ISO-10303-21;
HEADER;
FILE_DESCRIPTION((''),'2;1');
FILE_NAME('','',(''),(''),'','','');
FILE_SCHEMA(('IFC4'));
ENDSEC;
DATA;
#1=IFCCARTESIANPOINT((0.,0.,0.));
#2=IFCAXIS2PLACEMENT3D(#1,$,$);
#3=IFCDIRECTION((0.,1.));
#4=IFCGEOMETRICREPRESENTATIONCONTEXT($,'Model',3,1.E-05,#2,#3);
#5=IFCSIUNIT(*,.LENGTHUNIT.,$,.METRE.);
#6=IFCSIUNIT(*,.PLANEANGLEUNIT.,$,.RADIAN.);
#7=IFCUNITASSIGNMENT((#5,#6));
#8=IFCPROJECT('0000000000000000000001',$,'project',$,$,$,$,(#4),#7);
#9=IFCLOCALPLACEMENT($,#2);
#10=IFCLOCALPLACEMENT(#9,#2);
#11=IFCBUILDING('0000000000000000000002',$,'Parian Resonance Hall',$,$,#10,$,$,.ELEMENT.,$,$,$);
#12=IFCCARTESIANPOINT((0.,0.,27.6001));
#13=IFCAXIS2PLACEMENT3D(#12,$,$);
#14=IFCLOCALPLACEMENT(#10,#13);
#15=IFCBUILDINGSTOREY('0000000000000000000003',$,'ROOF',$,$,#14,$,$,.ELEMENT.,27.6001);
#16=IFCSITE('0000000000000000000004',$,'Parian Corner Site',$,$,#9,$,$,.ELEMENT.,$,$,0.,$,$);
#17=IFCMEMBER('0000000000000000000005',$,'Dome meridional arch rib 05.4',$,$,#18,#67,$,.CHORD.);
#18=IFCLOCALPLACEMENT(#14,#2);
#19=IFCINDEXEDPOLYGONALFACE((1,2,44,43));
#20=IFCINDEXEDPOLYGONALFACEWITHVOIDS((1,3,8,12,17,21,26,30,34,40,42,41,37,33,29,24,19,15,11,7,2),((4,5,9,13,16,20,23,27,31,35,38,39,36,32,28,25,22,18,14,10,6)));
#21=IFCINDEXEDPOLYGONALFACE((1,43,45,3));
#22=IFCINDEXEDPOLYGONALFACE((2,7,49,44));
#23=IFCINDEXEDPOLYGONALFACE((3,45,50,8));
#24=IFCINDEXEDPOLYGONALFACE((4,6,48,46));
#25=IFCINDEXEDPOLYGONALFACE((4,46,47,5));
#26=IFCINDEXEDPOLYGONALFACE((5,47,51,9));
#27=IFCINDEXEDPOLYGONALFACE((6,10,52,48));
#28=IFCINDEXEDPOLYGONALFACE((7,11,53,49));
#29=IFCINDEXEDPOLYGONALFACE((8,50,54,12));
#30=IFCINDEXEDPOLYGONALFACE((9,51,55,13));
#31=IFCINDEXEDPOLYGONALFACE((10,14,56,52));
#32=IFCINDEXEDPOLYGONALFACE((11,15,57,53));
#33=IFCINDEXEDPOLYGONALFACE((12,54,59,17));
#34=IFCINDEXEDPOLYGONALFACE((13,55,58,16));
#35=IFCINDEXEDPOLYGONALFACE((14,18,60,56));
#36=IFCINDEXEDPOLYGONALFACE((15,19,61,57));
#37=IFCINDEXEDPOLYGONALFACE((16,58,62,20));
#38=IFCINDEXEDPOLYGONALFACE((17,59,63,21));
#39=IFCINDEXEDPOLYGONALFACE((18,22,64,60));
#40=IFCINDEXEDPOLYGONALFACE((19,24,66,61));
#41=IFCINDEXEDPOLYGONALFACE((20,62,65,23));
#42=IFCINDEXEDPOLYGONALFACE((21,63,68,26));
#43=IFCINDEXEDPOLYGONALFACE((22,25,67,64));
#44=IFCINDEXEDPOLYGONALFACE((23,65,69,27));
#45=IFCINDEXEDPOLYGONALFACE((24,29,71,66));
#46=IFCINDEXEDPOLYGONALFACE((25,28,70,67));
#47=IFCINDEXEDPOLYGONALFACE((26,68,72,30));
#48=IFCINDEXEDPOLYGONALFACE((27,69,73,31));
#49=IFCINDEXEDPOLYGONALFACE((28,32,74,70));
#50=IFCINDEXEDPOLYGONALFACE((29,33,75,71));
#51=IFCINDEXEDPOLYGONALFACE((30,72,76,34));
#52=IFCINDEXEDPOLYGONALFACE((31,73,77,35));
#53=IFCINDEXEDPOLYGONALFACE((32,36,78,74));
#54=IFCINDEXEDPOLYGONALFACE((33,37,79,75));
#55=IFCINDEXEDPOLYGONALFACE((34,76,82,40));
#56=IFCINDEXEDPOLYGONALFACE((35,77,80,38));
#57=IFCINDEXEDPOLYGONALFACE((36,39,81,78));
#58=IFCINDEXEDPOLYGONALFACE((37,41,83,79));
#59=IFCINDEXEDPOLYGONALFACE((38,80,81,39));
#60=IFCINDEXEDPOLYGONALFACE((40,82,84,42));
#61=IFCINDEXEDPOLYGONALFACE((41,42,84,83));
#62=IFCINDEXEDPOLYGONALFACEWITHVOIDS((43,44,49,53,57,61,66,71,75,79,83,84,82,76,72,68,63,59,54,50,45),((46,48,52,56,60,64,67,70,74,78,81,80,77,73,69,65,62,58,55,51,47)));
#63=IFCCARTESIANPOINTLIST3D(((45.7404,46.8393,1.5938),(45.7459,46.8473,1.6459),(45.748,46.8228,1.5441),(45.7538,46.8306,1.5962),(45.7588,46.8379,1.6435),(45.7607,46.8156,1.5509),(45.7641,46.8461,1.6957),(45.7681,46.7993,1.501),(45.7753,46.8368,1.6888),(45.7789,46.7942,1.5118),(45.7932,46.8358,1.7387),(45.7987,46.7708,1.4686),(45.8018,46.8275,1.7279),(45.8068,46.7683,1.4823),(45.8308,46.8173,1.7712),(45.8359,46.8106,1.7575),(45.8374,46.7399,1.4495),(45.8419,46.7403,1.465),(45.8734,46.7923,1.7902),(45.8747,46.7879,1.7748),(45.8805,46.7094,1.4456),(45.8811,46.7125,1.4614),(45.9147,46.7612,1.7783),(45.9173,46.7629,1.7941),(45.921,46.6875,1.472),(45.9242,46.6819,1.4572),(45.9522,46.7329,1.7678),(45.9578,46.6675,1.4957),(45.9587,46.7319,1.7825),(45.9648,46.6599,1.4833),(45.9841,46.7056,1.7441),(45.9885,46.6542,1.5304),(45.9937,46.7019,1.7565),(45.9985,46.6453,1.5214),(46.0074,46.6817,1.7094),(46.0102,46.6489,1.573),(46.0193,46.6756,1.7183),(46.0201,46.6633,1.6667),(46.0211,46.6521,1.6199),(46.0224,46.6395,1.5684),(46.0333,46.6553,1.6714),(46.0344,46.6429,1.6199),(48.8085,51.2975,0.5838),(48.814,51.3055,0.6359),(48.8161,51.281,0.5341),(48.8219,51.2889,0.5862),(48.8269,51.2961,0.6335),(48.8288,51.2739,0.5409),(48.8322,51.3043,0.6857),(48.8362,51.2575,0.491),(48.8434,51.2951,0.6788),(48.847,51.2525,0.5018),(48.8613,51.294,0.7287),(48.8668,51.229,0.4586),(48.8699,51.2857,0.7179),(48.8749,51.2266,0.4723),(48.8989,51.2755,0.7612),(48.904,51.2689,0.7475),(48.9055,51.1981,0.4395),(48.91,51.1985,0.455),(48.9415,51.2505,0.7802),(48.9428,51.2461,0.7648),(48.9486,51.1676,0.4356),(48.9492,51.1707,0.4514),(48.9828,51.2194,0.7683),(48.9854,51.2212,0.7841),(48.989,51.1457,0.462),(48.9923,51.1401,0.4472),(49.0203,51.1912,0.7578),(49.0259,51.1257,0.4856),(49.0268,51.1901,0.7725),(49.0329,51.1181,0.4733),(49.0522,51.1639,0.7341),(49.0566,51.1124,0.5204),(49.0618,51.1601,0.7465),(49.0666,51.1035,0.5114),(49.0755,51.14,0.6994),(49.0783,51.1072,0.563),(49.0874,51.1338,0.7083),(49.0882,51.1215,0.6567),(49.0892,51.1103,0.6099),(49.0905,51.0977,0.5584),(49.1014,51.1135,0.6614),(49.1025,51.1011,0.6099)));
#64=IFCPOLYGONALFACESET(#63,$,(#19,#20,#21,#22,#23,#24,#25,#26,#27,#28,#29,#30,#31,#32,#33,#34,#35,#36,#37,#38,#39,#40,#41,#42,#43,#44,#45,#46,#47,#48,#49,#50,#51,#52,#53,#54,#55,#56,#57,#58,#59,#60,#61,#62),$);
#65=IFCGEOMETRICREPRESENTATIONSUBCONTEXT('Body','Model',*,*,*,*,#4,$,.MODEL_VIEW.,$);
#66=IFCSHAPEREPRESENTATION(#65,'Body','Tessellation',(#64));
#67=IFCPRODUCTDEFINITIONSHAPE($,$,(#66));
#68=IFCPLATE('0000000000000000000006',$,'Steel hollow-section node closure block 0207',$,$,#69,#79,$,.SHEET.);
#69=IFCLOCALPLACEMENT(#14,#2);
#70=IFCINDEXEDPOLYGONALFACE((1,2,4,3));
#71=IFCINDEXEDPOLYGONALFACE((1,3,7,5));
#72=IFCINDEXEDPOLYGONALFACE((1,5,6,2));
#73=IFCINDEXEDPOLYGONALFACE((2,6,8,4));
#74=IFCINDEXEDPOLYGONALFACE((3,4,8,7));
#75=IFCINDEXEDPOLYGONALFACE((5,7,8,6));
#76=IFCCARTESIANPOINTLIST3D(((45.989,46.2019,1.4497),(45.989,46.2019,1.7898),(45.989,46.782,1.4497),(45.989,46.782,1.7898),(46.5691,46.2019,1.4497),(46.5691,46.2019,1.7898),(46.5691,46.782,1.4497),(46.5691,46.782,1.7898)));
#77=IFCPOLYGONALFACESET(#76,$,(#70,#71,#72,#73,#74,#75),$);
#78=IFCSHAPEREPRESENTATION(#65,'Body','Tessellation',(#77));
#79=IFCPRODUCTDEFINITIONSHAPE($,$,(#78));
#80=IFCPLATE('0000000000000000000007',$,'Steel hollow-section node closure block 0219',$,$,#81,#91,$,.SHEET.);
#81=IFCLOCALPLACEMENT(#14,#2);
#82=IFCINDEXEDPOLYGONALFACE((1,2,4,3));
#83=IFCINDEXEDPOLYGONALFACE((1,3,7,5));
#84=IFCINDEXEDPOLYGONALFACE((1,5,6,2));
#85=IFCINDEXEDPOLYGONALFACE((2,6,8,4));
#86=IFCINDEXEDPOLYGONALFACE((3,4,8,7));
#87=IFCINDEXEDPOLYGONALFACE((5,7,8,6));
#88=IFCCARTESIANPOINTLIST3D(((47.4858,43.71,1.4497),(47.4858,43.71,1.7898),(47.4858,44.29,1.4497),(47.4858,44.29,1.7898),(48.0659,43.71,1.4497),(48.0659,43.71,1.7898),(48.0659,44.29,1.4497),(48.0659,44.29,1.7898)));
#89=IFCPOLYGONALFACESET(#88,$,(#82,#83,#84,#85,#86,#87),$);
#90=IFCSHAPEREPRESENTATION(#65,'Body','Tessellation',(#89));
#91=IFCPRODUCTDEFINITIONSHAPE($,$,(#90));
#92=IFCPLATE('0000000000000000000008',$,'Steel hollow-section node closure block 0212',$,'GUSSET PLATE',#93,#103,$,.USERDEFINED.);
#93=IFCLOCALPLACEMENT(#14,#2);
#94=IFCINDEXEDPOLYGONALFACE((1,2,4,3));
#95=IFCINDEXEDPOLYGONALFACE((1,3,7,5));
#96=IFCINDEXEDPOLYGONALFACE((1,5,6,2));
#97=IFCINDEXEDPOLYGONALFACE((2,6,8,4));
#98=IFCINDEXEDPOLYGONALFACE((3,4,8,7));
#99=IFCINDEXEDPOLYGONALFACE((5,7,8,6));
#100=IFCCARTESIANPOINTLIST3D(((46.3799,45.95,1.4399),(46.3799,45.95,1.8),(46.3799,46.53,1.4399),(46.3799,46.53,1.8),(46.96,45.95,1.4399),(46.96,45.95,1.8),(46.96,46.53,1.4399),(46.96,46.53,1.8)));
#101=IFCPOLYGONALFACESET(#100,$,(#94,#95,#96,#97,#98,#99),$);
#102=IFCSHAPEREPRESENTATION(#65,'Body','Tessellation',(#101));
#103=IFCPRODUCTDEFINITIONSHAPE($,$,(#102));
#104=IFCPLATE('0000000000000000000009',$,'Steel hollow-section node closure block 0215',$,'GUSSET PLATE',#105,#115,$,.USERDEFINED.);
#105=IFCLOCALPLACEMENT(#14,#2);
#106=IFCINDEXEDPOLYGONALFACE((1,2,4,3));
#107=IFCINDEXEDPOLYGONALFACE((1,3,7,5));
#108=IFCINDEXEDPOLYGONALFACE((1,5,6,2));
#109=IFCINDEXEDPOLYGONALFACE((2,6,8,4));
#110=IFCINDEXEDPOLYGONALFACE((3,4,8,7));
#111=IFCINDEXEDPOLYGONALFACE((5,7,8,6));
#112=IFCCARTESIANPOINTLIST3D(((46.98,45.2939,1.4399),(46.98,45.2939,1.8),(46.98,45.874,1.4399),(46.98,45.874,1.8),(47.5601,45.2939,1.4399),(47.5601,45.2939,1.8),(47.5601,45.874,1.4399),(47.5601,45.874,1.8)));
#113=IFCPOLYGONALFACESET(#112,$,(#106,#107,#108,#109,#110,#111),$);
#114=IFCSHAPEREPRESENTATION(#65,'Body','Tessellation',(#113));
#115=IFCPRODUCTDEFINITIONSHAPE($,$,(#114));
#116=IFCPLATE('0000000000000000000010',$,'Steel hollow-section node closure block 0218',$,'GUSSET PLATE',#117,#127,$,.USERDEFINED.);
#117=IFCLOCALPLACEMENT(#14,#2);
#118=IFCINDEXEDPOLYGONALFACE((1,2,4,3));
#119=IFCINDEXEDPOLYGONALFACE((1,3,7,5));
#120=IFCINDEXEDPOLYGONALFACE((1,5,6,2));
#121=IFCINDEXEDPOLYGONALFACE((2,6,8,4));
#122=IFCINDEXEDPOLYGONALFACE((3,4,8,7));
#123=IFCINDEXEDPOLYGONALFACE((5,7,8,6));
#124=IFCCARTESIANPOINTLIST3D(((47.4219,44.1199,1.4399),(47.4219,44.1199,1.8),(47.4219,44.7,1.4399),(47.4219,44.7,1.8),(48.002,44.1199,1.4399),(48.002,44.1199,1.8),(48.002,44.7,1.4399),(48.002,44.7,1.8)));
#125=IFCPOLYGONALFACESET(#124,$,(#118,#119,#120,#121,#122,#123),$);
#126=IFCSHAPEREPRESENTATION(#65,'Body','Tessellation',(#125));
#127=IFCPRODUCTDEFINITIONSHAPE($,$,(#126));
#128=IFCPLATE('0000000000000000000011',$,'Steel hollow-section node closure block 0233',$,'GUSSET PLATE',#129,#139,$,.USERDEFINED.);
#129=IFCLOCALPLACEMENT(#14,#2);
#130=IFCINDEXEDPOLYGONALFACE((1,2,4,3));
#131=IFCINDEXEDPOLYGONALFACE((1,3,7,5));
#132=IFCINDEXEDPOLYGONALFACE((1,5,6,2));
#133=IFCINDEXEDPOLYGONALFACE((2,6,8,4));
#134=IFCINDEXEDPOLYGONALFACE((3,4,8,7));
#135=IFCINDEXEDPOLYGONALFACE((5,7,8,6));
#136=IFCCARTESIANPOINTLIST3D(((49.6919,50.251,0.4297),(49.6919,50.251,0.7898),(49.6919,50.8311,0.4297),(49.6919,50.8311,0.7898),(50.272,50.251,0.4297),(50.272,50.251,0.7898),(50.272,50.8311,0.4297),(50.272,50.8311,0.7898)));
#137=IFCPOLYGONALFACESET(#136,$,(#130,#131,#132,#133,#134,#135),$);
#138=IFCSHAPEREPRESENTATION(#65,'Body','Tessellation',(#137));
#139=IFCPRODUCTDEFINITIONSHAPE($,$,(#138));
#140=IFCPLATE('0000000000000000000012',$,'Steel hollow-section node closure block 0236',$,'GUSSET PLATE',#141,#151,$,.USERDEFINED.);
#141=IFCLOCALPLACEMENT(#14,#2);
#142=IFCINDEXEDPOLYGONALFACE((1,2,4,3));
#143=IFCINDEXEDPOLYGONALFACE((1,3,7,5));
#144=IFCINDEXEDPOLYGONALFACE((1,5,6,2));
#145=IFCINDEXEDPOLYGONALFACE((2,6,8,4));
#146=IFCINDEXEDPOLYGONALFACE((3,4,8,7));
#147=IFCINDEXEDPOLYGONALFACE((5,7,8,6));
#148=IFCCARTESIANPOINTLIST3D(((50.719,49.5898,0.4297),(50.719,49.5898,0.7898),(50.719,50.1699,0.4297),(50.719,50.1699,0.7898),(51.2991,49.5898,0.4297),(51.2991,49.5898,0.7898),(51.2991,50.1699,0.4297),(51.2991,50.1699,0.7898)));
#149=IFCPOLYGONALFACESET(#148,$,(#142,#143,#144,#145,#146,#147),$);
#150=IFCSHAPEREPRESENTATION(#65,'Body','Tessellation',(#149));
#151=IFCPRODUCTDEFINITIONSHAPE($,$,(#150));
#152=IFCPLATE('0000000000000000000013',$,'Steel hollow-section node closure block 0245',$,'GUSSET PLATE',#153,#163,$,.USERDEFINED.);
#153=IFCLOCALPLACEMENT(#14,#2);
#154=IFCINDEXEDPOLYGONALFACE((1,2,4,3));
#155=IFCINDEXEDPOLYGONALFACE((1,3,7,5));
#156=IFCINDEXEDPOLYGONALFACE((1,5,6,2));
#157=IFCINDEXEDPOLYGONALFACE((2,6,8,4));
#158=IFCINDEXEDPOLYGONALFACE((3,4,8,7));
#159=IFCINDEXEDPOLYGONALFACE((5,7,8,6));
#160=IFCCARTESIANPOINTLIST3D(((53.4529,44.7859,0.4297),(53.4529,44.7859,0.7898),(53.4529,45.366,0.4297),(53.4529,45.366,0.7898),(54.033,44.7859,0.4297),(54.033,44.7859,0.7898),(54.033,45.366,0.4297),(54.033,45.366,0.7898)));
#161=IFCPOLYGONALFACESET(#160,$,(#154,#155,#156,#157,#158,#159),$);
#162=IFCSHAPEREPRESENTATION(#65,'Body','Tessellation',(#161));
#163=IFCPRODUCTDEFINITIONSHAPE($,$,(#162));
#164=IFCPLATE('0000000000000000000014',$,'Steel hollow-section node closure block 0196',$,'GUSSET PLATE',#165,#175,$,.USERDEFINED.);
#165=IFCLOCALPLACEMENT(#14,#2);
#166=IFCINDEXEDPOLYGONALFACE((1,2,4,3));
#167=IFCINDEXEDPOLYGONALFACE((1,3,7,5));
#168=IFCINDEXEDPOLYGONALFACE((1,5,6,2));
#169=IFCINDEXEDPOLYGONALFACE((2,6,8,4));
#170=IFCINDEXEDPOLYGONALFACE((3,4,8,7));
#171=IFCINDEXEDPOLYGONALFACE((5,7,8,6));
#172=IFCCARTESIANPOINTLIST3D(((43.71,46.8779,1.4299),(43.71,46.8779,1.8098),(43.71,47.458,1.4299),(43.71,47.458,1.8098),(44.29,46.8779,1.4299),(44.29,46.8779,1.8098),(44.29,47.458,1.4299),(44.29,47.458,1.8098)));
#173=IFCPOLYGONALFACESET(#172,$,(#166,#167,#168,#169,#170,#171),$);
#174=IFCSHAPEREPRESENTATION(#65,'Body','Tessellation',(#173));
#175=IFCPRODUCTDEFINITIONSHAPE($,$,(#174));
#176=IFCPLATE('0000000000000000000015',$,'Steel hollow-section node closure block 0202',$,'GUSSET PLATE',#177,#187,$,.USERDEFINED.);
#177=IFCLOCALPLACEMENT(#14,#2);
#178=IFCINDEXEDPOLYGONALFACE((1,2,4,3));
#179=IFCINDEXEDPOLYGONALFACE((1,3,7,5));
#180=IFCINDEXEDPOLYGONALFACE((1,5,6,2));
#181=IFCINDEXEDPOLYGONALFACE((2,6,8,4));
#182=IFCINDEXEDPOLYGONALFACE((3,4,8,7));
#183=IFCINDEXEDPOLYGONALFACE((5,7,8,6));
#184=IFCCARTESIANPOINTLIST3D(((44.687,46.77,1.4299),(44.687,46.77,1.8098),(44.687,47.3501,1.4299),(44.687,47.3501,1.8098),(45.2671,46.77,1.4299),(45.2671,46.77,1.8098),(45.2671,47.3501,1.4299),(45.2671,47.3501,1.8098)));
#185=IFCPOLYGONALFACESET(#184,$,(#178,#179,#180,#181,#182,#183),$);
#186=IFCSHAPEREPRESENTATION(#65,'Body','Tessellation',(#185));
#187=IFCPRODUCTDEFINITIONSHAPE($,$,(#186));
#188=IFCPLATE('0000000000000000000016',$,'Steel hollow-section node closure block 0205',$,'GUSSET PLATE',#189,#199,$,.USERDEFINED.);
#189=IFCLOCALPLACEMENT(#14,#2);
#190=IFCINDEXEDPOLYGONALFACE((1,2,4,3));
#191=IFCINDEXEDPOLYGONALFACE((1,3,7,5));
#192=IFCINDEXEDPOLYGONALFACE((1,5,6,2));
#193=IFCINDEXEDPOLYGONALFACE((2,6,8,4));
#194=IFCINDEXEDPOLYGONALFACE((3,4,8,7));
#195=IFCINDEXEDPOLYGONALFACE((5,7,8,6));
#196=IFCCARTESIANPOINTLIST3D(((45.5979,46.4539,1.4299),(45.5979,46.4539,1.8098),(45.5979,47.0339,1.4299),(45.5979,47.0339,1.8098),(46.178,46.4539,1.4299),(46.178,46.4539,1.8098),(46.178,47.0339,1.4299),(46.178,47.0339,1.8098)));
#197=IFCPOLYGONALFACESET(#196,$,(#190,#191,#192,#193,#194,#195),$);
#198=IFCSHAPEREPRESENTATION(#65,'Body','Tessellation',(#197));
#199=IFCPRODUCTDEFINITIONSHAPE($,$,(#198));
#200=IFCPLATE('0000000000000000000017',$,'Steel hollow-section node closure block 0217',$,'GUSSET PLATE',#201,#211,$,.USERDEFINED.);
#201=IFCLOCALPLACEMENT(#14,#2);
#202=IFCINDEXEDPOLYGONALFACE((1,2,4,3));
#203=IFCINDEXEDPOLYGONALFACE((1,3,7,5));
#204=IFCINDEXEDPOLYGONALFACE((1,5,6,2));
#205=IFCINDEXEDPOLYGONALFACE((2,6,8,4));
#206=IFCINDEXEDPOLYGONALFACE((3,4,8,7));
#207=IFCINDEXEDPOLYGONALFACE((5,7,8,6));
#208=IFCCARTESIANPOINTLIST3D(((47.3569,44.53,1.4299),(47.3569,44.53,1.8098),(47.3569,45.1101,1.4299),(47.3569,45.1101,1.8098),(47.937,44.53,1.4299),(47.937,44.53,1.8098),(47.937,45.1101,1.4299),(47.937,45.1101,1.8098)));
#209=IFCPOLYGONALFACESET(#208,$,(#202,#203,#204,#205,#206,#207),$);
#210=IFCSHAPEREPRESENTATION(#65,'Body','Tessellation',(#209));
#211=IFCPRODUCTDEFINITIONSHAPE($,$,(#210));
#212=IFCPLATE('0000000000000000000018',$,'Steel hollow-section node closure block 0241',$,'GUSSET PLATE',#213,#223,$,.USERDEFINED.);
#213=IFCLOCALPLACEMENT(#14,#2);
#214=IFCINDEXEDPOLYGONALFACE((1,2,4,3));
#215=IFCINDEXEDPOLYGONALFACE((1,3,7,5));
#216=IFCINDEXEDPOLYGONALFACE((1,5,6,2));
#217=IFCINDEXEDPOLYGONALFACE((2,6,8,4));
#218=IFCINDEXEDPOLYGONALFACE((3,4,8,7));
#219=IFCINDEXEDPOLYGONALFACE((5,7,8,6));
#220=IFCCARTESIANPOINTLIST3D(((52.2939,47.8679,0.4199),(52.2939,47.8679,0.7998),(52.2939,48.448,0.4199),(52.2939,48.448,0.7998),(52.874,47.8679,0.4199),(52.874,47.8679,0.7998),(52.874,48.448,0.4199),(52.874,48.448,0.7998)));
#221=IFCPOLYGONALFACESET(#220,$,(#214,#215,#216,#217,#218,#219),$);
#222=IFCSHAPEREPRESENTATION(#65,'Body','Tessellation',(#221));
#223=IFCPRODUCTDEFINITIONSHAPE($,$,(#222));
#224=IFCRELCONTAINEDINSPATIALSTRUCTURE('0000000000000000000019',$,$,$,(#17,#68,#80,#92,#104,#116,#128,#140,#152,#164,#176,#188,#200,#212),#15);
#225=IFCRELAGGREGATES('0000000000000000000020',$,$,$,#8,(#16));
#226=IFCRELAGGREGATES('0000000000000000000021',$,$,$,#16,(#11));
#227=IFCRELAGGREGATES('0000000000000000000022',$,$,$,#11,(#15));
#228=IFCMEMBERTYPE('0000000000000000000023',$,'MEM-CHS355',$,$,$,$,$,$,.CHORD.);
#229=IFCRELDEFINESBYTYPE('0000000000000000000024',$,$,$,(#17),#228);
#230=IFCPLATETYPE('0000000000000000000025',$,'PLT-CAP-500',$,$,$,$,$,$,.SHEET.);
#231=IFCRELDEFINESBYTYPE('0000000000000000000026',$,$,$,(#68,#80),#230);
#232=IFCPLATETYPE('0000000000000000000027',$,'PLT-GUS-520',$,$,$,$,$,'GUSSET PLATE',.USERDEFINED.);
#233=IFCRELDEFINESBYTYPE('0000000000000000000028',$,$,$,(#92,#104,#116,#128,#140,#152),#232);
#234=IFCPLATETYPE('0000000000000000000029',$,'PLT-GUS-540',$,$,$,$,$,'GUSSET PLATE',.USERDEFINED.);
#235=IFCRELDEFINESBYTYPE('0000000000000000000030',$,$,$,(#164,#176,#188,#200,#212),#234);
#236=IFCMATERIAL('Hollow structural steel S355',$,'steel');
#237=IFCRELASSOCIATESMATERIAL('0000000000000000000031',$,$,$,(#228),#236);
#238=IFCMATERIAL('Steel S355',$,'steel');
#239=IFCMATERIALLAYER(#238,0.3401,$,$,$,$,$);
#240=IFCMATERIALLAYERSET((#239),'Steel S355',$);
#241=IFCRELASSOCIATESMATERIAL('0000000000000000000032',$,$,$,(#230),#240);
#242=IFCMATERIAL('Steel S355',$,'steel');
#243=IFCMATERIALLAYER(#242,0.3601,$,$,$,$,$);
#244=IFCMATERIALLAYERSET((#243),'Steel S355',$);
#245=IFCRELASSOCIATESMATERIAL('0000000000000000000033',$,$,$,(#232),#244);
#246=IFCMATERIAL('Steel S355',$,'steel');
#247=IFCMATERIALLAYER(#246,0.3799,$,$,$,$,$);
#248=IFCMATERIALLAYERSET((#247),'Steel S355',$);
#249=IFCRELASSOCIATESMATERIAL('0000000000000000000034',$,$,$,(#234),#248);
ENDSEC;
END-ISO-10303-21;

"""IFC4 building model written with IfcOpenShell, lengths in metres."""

from ifc_helpers import new_model, si_unit, direction, frame, origin, origin_2d, place, context, subcontext, project, spatial, rectangle, hollow_circle, extrude, material, layer, layer_set, material_profile, profile_set, type_object, element, save


model = new_model("IFC4")

# Units and contexts
model_context = context("Model", 3, precision=1e-05, world=origin(), true_north=direction((0.0, 1.0)))
body_context = subcontext(model_context, "Body", "Model", "MODEL_VIEW")
ifc_project = project(units=[si_unit("LENGTHUNIT", "METRE"), si_unit("PLANEANGLEUNIT", "RADIAN")], contexts=[model_context])

# Site, building, storey
site_placement = place(None, origin())
site = spatial("IfcSite", under=ifc_project, at=site_placement, Name="Parian Corner Site", CompositionType="ELEMENT", RefElevation=0.0)
building_placement = place(site_placement, origin())
building = spatial("IfcBuilding", under=site, at=building_placement, Name="Parian Resonance Hall", CompositionType="ELEMENT")
storey_placement = place(building_placement, frame((0.0, 0.0, 27.6001)))
storey = spatial("IfcBuildingStorey", under=building, at=storey_placement, Name="ROOF", CompositionType="ELEMENT", Elevation=27.6001)

# Member
ifc_material_1 = material(Name="Hollow structural steel S355", Category="steel")
ifc_material_profile_1 = material_profile(ifc_material_1, hollow_circle(Radius=0.1777, WallThickness=0.0161, at=origin_2d()), Name="CHS355.6x16")
ifc_profile_set_1 = profile_set([ifc_material_profile_1], Name="Hollow structural steel S355")
member_type_1 = type_object("IfcMemberType", Name="MEM-CHS355", PredefinedType="CHORD", material=ifc_profile_set_1)
member_1_placement = place(storey_placement, frame((48.9561, 51.2019, 0.6099), z_axis=(-0.557292, -0.809796, 0.183458), x_axis=(0.823777, -0.566914, 0.0)))
element("IfcMember", 1, at=member_1_placement, inside=storey, type_object=member_type_1, Name="Dome meridional arch rib 05.4", PredefinedType="CHORD", context=body_context, shape_type="SweptSolid", body=[
    extrude(hollow_circle(Radius=0.1777, WallThickness=0.0161, at=origin_2d()), origin(), (0.0, 0.0, 1.0), 5.5054),
])

# Plates
ifc_material_2 = material(Name="Steel S355", Category="steel")
ifc_layer_1 = layer(ifc_material_2, 0.3401)
ifc_layer_set_1 = layer_set([ifc_layer_1], Name="Steel S355")
plate_type_1 = type_object("IfcPlateType", Name="PLT-CAP-500", PredefinedType="SHEET", material=ifc_layer_set_1)
for number, where, z_axis, x_axis, name in (
    (2, (46.2791, 46.4919, 1.4497), (0.0, 0.0, 1.0), (1.0, 0.0, 0.0), "Steel hollow-section node closure block 0207"),
    (3, (47.7759, 44.0, 1.4497), (0.0, 0.0, 1.0), (1.0, 0.0, 0.0), "Steel hollow-section node closure block 0219"),
):
    element("IfcPlate", number, at=place(storey_placement, frame(where, z_axis=z_axis, x_axis=x_axis)), inside=storey, type_object=plate_type_1, Name=name, PredefinedType="SHEET", context=body_context, shape_type="SweptSolid", body=[
        extrude(rectangle(XDim=0.5801, YDim=0.5801, at=origin_2d()), origin(), (0.0, 0.0, 1.0), 0.3401),
    ])
ifc_material_3 = material(Name="Steel S355", Category="steel")
ifc_layer_2 = layer(ifc_material_3, 0.3601)
ifc_layer_set_2 = layer_set([ifc_layer_2], Name="Steel S355")
plate_type_2 = type_object("IfcPlateType", Name="PLT-GUS-520", ElementType="GUSSET PLATE", PredefinedType="USERDEFINED", material=ifc_layer_set_2)
for number, where, z_axis, x_axis, name in (
    (4, (46.6699, 46.24, 1.4399), (0.0, 0.0, 1.0), (1.0, 0.0, 0.0), "Steel hollow-section node closure block 0212"),
    (5, (47.27, 45.584, 1.4399), (0.0, 0.0, 1.0), (1.0, 0.0, 0.0), "Steel hollow-section node closure block 0215"),
    (6, (47.7119, 44.4099, 1.4399), (0.0, 0.0, 1.0), (1.0, 0.0, 0.0), "Steel hollow-section node closure block 0218"),
    (7, (49.9819, 50.541, 0.4297), (0.0, 0.0, 1.0), (1.0, 0.0, 0.0), "Steel hollow-section node closure block 0233"),
    (8, (51.009, 49.8799, 0.4297), (0.0, 0.0, 1.0), (1.0, 0.0, 0.0), "Steel hollow-section node closure block 0236"),
    (9, (53.7429, 45.0759, 0.4297), (0.0, 0.0, 1.0), (1.0, 0.0, 0.0), "Steel hollow-section node closure block 0245"),
):
    element("IfcPlate", number, at=place(storey_placement, frame(where, z_axis=z_axis, x_axis=x_axis)), inside=storey, type_object=plate_type_2, Name=name, ObjectType="GUSSET PLATE", PredefinedType="USERDEFINED", context=body_context, shape_type="SweptSolid", body=[
        extrude(rectangle(XDim=0.5801, YDim=0.5801, at=origin_2d()), origin(), (0.0, 0.0, 1.0), 0.3601),
    ])
ifc_material_4 = material(Name="Steel S355", Category="steel")
ifc_layer_3 = layer(ifc_material_4, 0.3799)
ifc_layer_set_3 = layer_set([ifc_layer_3], Name="Steel S355")
plate_type_3 = type_object("IfcPlateType", Name="PLT-GUS-540", ElementType="GUSSET PLATE", PredefinedType="USERDEFINED", material=ifc_layer_set_3)
for number, where, z_axis, x_axis, name in (
    (10, (44.0, 47.168, 1.4299), (0.0, 0.0, 1.0), (1.0, 0.0, 0.0), "Steel hollow-section node closure block 0196"),
    (11, (44.9771, 47.0601, 1.4299), (0.0, 0.0, 1.0), (1.0, 0.0, 0.0), "Steel hollow-section node closure block 0202"),
    (12, (45.8879, 46.7439, 1.4299), (0.0, 0.0, 1.0), (1.0, 0.0, 0.0), "Steel hollow-section node closure block 0205"),
    (13, (47.647, 44.8201, 1.4299), (0.0, 0.0, 1.0), (1.0, 0.0, 0.0), "Steel hollow-section node closure block 0217"),
    (14, (52.584, 48.158, 0.4199), (0.0, 0.0, 1.0), (1.0, 0.0, 0.0), "Steel hollow-section node closure block 0241"),
):
    element("IfcPlate", number, at=place(storey_placement, frame(where, z_axis=z_axis, x_axis=x_axis)), inside=storey, type_object=plate_type_3, Name=name, ObjectType="GUSSET PLATE", PredefinedType="USERDEFINED", context=body_context, shape_type="SweptSolid", body=[
        extrude(rectangle(XDim=0.5801, YDim=0.5801, at=origin_2d()), origin(), (0.0, 0.0, 1.0), 0.3799),
    ])

save(model, "model.ifc")
